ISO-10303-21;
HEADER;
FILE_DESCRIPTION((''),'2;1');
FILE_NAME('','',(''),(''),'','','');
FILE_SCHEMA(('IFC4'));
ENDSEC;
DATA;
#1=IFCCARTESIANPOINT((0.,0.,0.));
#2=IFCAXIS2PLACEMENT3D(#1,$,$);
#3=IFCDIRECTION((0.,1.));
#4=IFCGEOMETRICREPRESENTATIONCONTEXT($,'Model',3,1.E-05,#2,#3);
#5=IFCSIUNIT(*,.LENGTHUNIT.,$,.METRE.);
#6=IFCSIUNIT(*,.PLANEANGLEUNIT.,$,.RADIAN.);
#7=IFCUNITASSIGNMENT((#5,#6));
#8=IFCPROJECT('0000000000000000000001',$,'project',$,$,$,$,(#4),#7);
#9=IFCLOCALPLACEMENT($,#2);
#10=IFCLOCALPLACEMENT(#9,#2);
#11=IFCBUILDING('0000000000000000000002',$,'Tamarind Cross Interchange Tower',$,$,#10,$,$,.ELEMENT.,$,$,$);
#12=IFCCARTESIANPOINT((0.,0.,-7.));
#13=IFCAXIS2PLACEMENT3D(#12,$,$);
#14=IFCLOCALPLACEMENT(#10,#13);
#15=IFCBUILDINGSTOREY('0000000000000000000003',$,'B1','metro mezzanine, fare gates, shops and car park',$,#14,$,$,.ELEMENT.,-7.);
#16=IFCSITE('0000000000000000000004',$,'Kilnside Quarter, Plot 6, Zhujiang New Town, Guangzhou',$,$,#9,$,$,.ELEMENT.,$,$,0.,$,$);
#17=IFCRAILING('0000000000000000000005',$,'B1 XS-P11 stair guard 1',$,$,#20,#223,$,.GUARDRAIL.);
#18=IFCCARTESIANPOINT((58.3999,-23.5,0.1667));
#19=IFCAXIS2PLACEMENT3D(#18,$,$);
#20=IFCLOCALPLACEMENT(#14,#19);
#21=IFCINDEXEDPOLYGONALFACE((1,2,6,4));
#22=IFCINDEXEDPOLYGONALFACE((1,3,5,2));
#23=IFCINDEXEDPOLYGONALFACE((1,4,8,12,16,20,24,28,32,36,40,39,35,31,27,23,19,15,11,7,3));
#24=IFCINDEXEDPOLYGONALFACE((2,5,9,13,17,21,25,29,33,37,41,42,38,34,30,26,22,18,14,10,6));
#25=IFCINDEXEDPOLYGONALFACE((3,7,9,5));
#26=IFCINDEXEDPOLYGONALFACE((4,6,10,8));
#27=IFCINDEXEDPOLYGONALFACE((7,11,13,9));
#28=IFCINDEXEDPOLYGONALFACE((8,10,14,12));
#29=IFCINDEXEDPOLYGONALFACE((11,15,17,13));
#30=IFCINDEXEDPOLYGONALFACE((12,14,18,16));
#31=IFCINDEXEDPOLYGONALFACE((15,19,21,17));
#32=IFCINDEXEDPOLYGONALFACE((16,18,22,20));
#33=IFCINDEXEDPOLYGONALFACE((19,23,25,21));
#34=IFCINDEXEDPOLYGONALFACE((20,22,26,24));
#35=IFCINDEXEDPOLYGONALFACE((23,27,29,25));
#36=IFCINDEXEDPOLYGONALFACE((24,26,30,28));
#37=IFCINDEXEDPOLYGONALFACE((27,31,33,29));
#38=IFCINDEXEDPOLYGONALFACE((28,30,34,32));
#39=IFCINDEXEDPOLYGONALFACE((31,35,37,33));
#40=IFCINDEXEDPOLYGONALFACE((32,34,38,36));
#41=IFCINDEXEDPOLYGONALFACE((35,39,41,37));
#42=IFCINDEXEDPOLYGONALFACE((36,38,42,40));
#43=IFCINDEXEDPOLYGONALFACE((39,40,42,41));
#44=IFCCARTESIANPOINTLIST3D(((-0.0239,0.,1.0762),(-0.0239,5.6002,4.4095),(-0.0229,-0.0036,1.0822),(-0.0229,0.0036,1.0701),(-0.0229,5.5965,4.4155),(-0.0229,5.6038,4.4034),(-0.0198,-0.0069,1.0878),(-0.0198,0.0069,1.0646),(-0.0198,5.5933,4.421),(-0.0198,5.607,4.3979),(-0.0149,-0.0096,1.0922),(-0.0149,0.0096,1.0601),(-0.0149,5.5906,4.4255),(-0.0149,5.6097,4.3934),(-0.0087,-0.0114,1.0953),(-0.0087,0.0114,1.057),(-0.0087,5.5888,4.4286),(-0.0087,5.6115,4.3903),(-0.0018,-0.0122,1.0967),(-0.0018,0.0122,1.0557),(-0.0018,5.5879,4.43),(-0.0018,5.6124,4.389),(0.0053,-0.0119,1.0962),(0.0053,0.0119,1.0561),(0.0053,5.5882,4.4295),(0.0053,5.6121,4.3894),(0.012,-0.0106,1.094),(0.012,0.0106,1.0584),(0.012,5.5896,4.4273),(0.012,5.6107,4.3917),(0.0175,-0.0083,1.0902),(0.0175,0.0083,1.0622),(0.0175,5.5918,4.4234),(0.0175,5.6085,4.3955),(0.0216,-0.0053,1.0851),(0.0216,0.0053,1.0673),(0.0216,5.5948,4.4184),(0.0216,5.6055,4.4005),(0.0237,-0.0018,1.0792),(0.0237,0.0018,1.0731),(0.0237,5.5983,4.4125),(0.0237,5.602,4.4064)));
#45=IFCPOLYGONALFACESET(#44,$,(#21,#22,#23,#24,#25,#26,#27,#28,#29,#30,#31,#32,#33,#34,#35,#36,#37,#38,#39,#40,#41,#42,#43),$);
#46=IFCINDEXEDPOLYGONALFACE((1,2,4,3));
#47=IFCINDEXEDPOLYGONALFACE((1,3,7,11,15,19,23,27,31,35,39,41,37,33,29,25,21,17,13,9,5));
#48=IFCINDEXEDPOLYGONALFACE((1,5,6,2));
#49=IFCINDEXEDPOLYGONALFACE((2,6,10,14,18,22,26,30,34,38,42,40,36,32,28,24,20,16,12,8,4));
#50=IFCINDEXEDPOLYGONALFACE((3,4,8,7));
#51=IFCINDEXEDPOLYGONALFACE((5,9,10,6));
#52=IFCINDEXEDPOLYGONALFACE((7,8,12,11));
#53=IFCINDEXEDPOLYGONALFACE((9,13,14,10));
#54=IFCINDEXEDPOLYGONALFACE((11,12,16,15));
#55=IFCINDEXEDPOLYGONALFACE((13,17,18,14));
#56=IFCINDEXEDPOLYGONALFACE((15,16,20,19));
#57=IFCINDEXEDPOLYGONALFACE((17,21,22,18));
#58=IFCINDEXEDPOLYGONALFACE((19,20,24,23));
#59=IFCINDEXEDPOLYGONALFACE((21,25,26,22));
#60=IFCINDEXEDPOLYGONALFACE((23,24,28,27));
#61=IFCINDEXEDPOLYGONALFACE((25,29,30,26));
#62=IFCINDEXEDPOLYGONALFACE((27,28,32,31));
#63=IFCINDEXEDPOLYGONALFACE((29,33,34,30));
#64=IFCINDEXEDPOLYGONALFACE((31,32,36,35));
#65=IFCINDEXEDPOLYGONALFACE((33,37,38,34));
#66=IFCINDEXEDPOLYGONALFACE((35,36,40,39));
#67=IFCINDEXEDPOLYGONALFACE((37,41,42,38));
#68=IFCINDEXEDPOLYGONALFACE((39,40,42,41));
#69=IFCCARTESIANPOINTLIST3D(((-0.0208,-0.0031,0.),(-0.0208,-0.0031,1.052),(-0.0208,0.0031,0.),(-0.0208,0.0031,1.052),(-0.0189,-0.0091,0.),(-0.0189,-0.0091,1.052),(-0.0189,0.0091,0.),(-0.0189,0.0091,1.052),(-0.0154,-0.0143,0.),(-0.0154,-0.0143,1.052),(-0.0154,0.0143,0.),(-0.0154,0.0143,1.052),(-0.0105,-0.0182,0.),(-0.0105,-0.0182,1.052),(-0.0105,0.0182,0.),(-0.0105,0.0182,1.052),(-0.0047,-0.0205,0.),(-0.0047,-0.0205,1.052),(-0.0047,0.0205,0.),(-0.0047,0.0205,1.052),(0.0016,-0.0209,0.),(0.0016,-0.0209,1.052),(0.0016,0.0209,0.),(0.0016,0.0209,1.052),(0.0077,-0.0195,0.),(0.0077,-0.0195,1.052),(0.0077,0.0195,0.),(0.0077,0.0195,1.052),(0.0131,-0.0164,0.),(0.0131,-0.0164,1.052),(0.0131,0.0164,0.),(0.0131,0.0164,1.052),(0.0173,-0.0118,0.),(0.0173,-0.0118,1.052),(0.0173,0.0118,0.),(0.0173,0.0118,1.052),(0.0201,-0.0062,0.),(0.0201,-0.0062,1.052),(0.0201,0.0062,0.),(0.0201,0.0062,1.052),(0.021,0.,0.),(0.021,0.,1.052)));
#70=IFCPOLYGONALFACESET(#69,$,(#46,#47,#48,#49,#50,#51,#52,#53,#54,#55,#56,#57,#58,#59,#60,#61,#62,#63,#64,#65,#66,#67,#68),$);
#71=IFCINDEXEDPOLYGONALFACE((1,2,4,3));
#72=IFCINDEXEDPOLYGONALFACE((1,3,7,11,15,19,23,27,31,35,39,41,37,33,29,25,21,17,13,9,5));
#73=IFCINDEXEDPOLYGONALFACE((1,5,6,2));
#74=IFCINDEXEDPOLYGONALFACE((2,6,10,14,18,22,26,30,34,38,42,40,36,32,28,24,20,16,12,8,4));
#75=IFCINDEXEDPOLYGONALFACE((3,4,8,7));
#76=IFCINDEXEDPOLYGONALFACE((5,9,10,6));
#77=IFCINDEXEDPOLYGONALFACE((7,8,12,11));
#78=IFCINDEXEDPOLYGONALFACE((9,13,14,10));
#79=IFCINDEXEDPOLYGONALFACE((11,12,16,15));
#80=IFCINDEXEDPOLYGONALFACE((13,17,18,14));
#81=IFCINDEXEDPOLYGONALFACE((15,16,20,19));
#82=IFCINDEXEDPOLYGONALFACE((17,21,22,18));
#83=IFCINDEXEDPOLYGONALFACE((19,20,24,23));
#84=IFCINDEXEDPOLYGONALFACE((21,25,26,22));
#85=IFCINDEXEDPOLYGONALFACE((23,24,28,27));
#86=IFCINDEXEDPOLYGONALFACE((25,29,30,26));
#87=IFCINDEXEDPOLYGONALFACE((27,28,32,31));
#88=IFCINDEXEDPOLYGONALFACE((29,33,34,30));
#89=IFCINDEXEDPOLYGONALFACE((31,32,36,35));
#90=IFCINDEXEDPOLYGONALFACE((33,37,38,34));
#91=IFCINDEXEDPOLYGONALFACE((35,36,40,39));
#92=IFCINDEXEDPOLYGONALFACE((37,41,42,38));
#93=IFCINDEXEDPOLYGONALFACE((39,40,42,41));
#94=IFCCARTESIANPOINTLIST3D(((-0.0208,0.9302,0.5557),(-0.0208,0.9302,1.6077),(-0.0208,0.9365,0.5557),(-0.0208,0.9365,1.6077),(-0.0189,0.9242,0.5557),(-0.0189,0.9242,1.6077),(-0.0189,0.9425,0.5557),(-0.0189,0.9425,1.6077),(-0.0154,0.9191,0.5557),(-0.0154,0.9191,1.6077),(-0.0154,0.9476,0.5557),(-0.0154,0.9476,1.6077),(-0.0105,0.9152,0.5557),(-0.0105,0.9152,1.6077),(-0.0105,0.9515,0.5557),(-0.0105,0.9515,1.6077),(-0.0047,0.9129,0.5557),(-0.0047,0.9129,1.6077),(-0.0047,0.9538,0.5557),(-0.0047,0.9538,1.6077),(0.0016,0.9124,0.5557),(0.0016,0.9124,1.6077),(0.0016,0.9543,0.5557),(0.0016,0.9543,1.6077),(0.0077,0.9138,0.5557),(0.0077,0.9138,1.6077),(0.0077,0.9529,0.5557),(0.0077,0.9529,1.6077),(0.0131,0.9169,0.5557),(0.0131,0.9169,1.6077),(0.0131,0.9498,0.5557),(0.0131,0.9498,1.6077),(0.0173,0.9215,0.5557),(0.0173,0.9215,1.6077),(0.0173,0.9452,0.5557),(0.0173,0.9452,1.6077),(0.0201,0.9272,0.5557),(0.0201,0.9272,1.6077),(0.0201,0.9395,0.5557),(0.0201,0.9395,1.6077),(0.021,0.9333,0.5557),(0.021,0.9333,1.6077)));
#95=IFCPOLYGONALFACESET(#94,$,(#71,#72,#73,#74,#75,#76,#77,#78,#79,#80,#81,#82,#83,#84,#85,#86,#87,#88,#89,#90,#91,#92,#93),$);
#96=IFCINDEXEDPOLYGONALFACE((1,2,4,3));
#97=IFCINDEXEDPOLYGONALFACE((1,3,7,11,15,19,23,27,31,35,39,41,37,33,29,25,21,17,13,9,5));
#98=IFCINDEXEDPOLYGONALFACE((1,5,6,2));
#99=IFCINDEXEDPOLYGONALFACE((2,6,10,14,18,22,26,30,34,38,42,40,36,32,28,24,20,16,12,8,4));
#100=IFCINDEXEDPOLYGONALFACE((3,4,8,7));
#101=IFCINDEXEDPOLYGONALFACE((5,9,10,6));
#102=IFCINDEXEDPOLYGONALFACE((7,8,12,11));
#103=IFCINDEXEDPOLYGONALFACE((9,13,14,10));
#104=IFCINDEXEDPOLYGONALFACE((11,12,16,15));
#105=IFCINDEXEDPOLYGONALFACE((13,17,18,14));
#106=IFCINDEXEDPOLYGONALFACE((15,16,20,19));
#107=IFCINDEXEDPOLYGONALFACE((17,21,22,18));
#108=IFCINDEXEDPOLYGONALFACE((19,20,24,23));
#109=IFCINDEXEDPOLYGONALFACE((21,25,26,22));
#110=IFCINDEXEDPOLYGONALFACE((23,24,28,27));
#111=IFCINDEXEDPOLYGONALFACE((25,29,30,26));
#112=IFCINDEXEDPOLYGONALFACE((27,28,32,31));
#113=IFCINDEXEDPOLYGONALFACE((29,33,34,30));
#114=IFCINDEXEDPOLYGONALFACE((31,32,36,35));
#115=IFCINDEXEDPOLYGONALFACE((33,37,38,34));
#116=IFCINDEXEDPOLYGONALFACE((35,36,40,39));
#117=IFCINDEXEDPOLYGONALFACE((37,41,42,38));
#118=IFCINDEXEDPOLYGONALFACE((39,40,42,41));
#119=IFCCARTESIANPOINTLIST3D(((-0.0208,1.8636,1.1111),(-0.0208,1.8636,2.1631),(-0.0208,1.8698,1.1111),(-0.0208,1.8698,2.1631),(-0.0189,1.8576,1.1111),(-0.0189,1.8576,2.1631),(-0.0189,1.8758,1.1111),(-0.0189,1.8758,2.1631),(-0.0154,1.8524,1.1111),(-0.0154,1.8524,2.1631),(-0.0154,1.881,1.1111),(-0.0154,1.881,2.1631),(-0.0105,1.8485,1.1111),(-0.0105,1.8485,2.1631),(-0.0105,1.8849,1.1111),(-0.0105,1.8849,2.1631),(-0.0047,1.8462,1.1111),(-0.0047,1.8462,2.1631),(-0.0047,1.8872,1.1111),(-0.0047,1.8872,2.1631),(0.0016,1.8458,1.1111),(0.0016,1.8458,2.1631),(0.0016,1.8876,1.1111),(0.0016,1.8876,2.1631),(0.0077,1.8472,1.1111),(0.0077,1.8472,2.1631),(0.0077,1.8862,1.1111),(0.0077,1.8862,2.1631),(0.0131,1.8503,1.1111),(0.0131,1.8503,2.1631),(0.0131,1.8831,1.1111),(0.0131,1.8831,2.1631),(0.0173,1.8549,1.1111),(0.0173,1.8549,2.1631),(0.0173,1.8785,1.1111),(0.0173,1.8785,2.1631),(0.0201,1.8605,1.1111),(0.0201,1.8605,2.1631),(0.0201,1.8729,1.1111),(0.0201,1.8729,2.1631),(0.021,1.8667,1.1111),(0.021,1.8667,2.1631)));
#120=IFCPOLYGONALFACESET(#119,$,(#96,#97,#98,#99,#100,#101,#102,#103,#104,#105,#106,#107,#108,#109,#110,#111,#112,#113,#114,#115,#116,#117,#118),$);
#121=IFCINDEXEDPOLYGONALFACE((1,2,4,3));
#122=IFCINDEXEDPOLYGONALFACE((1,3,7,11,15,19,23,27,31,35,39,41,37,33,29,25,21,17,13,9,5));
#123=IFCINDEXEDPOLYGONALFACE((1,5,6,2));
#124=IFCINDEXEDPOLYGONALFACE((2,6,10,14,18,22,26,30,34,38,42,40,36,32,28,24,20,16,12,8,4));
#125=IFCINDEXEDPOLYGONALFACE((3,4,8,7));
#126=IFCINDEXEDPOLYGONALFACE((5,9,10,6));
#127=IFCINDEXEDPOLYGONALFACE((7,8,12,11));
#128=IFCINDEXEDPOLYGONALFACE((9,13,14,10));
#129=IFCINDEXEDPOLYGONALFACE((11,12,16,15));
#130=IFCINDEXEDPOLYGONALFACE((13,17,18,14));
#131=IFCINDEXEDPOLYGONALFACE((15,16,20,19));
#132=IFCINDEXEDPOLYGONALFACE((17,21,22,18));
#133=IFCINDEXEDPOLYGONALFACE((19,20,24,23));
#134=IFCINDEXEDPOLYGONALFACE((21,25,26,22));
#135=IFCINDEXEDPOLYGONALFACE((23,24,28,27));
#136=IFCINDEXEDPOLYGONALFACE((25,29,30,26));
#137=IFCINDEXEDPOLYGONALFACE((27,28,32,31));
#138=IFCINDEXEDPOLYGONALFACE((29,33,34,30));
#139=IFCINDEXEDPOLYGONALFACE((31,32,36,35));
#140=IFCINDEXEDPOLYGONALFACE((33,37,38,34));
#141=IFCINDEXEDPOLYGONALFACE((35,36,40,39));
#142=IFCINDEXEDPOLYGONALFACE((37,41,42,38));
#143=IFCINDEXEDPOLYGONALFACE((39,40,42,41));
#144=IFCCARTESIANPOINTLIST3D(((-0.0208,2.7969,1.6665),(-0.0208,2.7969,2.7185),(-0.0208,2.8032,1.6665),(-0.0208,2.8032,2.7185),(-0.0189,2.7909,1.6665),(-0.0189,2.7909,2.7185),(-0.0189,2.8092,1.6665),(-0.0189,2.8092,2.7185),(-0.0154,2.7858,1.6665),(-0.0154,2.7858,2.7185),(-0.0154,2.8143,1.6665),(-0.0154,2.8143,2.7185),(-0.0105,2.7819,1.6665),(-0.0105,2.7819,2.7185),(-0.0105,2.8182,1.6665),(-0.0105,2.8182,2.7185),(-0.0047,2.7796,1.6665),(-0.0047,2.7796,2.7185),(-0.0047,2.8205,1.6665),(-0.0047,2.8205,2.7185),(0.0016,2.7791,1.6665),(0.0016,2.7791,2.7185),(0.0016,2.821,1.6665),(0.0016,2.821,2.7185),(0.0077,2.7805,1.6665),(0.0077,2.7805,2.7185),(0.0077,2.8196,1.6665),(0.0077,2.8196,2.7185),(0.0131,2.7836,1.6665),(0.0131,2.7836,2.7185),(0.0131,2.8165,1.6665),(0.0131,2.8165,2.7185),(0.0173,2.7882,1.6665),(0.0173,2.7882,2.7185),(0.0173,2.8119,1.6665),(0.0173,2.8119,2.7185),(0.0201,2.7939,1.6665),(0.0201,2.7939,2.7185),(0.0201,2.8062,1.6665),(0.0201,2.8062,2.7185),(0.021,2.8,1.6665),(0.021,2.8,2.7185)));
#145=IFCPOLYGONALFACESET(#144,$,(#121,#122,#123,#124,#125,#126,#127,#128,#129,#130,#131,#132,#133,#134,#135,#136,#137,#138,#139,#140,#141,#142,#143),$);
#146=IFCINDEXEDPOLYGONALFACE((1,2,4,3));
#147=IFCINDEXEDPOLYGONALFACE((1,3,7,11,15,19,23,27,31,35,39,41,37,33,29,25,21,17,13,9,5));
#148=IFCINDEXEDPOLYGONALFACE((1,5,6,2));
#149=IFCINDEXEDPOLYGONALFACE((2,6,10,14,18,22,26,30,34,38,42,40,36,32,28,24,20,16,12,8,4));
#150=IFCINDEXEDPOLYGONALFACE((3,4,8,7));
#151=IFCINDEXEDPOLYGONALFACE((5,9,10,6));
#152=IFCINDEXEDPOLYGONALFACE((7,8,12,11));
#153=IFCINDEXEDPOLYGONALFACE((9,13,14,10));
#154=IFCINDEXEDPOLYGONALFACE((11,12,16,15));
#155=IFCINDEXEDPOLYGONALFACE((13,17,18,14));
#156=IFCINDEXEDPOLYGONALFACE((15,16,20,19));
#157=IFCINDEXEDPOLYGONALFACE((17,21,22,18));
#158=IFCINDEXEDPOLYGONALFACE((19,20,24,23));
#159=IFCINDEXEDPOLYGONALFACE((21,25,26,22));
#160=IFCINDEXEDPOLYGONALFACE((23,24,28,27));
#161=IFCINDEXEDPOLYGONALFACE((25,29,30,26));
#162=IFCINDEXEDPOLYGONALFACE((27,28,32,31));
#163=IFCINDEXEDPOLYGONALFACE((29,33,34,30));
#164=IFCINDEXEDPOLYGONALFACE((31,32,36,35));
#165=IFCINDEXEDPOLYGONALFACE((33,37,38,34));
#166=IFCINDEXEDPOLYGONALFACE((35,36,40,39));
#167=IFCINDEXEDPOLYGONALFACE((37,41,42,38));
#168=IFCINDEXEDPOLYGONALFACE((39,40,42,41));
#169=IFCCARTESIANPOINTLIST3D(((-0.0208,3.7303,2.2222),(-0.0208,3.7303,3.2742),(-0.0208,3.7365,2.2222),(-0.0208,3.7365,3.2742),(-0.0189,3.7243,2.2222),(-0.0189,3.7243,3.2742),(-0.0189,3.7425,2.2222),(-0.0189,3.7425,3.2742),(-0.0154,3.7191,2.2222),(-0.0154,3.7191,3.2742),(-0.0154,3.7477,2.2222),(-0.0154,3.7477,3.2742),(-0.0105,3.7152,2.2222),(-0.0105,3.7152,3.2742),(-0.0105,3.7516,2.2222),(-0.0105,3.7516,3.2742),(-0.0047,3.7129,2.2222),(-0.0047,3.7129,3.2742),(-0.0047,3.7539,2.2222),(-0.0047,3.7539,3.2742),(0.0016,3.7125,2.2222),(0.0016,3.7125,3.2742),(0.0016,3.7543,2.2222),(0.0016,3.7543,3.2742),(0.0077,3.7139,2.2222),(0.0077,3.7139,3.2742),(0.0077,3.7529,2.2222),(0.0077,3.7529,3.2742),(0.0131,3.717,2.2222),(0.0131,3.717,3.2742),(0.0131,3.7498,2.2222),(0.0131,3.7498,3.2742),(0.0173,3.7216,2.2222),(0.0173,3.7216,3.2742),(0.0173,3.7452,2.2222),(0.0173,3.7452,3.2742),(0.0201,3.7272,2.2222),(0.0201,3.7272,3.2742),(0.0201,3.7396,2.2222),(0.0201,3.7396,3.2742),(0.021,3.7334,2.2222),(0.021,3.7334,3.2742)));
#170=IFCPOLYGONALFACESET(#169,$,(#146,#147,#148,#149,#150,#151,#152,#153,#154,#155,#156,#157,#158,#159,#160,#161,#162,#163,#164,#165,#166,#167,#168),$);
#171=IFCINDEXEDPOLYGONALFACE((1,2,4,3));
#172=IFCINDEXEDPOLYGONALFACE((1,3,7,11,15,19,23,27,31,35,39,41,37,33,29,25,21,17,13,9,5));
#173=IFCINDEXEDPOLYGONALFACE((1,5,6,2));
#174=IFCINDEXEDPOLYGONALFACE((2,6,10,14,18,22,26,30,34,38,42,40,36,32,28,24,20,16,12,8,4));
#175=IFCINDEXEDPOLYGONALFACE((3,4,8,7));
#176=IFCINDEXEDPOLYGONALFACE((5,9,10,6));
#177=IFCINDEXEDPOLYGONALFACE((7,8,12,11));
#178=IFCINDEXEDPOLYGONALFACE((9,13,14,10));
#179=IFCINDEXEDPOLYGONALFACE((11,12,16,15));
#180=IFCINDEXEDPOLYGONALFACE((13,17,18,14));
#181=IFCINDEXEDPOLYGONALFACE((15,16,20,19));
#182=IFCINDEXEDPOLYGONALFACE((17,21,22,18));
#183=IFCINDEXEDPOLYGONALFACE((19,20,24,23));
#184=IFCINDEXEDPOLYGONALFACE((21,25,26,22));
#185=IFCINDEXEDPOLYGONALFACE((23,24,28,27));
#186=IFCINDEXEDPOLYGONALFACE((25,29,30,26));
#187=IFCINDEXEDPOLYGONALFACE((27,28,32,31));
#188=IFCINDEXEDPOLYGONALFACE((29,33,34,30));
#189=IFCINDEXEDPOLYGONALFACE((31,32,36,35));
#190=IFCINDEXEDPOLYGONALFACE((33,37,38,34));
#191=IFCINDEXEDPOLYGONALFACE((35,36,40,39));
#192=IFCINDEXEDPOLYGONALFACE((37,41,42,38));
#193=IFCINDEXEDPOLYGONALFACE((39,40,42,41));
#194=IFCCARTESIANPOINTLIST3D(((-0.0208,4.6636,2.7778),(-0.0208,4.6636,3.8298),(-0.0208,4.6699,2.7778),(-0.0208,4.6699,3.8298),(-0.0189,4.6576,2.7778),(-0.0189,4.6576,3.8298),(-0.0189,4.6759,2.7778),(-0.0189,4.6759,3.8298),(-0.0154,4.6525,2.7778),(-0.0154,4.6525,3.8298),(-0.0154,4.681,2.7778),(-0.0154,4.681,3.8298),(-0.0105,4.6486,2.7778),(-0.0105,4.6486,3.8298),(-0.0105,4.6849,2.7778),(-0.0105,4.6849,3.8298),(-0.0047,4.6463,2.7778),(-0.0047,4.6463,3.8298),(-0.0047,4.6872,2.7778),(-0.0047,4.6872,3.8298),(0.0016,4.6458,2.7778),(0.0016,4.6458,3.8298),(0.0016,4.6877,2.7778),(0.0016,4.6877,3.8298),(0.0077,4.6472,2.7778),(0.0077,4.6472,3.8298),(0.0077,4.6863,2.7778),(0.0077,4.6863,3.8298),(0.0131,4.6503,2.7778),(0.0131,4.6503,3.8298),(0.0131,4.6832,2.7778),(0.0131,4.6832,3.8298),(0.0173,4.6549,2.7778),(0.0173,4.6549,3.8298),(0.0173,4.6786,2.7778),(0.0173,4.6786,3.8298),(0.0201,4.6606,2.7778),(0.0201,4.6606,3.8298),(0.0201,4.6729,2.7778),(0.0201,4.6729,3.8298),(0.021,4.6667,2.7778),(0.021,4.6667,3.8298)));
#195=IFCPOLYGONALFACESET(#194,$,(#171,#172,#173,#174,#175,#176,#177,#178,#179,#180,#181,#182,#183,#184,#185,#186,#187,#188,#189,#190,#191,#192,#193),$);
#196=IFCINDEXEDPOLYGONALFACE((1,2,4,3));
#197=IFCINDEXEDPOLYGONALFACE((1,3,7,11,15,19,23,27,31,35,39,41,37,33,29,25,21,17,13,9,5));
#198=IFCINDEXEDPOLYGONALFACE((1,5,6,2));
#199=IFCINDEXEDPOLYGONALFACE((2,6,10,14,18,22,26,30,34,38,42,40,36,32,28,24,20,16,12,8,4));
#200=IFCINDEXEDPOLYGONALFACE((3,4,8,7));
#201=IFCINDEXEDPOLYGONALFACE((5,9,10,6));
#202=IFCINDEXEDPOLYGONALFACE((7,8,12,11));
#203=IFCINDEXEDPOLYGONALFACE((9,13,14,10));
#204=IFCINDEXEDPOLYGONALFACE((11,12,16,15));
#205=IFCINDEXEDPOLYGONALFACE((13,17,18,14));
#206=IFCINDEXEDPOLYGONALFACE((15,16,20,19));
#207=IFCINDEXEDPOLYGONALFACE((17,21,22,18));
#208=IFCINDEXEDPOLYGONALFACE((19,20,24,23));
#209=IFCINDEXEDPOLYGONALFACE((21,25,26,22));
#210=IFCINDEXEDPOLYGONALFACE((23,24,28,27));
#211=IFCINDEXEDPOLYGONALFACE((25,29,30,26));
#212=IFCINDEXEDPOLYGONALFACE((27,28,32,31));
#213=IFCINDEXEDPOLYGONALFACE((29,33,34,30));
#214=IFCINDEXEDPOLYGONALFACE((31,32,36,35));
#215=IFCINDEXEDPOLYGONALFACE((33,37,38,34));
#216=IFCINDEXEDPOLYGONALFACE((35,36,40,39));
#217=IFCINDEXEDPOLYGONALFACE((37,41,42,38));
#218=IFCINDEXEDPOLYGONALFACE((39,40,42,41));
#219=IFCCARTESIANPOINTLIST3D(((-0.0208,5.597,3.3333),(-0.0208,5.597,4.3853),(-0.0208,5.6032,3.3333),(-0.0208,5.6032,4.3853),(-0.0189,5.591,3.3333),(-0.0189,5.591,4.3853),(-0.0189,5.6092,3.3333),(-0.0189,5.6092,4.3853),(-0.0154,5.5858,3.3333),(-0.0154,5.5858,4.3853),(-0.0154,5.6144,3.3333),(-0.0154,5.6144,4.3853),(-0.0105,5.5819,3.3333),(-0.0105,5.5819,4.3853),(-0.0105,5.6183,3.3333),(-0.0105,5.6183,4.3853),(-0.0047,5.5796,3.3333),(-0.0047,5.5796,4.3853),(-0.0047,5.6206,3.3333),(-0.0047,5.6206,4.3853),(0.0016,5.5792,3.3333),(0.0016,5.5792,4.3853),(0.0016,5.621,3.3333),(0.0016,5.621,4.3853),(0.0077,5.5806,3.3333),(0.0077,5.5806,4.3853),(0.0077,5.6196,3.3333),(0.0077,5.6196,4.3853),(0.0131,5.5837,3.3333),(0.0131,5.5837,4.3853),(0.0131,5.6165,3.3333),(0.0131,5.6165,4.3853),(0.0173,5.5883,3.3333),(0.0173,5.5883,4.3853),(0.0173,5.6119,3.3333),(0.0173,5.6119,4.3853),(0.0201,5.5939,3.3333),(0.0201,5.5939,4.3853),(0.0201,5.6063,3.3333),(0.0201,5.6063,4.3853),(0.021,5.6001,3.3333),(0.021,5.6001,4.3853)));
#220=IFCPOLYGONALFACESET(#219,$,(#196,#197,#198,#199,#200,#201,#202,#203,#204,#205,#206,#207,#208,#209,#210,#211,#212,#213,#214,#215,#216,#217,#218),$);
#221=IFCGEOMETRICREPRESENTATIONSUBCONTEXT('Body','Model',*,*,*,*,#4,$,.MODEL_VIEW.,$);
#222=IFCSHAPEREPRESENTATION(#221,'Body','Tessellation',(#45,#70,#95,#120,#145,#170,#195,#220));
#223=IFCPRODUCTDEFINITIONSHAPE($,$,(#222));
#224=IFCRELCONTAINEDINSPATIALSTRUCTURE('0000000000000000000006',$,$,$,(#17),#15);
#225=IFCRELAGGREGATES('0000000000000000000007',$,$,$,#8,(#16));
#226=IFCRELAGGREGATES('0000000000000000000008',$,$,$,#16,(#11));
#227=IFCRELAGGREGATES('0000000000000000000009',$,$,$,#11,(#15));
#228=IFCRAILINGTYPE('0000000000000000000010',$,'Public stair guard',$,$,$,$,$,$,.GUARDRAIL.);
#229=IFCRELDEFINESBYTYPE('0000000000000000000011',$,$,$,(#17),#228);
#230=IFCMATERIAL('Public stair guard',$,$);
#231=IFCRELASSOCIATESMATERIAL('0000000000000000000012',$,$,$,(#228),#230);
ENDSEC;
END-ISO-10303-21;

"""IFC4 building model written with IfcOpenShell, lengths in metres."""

from ifc_helpers import new_model, si_unit, direction, frame, origin, origin_2d, place, context, subcontext, project, spatial, circle, extrude, material, type_object, element, save


model = new_model("IFC4")

# Units and contexts
model_context = context("Model", 3, precision=1e-05, world=origin(), true_north=direction((0.0, 1.0)))
body_context = subcontext(model_context, "Body", "Model", "MODEL_VIEW")
ifc_project = project(units=[si_unit("LENGTHUNIT", "METRE"), si_unit("PLANEANGLEUNIT", "RADIAN")], contexts=[model_context])

# Site, building, storey
site_placement = place(None, origin())
site = spatial("IfcSite", under=ifc_project, at=site_placement, Name="Kilnside Quarter, Plot 6, Zhujiang New Town, Guangzhou", CompositionType="ELEMENT", RefElevation=0.0)
building_placement = place(site_placement, origin())
building = spatial("IfcBuilding", under=site, at=building_placement, Name="Tamarind Cross Interchange Tower", CompositionType="ELEMENT")
storey_placement = place(building_placement, frame((0.0, 0.0, -7.0)))
storey = spatial("IfcBuildingStorey", under=building, at=storey_placement, Name="B1", Description="metro mezzanine, fare gates, shops and car park", CompositionType="ELEMENT", Elevation=-7.0)

# Railing
ifc_material_1 = material(Name="Public stair guard")
railing_type = type_object("IfcRailingType", Name="Public stair guard", PredefinedType="GUARDRAIL", material=ifc_material_1)
railing_1_placement = place(storey_placement, frame((58.3999, -23.5, 0.1667)))
element("IfcRailing", 1, at=railing_1_placement, inside=storey, type_object=railing_type, Name="B1 XS-P11 stair guard 1", PredefinedType="GUARDRAIL", context=body_context, shape_type="SweptSolid", body=[
    extrude(circle(Radius=0.0239, at=origin_2d()), frame((0.0, 0.0, 1.0762), z_axis=(0.0, 0.859302, 0.511468), x_axis=(-1.0, 0.0, 0.0)), (0.0, 0.0, 1.0), 6.5171),
    extrude(circle(Radius=0.021, at=origin_2d()), origin(), (0.0, 0.0, 1.0), 1.052),
    extrude(circle(Radius=0.021, at=origin_2d()), frame((0.0, 0.9333, 0.5557)), (0.0, 0.0, 1.0), 1.052),
    extrude(circle(Radius=0.021, at=origin_2d()), frame((0.0, 1.8667, 1.1111)), (0.0, 0.0, 1.0), 1.052),
    extrude(circle(Radius=0.021, at=origin_2d()), frame((0.0, 2.8, 1.6665)), (0.0, 0.0, 1.0), 1.052),
    extrude(circle(Radius=0.021, at=origin_2d()), frame((0.0, 3.7334, 2.2222)), (0.0, 0.0, 1.0), 1.052),
    extrude(circle(Radius=0.021, at=origin_2d()), frame((0.0, 4.6667, 2.7778)), (0.0, 0.0, 1.0), 1.052),
    extrude(circle(Radius=0.021, at=origin_2d()), frame((0.0, 5.6001, 3.3333)), (0.0, 0.0, 1.0), 1.052),
])

save(model, "model.ifc")
